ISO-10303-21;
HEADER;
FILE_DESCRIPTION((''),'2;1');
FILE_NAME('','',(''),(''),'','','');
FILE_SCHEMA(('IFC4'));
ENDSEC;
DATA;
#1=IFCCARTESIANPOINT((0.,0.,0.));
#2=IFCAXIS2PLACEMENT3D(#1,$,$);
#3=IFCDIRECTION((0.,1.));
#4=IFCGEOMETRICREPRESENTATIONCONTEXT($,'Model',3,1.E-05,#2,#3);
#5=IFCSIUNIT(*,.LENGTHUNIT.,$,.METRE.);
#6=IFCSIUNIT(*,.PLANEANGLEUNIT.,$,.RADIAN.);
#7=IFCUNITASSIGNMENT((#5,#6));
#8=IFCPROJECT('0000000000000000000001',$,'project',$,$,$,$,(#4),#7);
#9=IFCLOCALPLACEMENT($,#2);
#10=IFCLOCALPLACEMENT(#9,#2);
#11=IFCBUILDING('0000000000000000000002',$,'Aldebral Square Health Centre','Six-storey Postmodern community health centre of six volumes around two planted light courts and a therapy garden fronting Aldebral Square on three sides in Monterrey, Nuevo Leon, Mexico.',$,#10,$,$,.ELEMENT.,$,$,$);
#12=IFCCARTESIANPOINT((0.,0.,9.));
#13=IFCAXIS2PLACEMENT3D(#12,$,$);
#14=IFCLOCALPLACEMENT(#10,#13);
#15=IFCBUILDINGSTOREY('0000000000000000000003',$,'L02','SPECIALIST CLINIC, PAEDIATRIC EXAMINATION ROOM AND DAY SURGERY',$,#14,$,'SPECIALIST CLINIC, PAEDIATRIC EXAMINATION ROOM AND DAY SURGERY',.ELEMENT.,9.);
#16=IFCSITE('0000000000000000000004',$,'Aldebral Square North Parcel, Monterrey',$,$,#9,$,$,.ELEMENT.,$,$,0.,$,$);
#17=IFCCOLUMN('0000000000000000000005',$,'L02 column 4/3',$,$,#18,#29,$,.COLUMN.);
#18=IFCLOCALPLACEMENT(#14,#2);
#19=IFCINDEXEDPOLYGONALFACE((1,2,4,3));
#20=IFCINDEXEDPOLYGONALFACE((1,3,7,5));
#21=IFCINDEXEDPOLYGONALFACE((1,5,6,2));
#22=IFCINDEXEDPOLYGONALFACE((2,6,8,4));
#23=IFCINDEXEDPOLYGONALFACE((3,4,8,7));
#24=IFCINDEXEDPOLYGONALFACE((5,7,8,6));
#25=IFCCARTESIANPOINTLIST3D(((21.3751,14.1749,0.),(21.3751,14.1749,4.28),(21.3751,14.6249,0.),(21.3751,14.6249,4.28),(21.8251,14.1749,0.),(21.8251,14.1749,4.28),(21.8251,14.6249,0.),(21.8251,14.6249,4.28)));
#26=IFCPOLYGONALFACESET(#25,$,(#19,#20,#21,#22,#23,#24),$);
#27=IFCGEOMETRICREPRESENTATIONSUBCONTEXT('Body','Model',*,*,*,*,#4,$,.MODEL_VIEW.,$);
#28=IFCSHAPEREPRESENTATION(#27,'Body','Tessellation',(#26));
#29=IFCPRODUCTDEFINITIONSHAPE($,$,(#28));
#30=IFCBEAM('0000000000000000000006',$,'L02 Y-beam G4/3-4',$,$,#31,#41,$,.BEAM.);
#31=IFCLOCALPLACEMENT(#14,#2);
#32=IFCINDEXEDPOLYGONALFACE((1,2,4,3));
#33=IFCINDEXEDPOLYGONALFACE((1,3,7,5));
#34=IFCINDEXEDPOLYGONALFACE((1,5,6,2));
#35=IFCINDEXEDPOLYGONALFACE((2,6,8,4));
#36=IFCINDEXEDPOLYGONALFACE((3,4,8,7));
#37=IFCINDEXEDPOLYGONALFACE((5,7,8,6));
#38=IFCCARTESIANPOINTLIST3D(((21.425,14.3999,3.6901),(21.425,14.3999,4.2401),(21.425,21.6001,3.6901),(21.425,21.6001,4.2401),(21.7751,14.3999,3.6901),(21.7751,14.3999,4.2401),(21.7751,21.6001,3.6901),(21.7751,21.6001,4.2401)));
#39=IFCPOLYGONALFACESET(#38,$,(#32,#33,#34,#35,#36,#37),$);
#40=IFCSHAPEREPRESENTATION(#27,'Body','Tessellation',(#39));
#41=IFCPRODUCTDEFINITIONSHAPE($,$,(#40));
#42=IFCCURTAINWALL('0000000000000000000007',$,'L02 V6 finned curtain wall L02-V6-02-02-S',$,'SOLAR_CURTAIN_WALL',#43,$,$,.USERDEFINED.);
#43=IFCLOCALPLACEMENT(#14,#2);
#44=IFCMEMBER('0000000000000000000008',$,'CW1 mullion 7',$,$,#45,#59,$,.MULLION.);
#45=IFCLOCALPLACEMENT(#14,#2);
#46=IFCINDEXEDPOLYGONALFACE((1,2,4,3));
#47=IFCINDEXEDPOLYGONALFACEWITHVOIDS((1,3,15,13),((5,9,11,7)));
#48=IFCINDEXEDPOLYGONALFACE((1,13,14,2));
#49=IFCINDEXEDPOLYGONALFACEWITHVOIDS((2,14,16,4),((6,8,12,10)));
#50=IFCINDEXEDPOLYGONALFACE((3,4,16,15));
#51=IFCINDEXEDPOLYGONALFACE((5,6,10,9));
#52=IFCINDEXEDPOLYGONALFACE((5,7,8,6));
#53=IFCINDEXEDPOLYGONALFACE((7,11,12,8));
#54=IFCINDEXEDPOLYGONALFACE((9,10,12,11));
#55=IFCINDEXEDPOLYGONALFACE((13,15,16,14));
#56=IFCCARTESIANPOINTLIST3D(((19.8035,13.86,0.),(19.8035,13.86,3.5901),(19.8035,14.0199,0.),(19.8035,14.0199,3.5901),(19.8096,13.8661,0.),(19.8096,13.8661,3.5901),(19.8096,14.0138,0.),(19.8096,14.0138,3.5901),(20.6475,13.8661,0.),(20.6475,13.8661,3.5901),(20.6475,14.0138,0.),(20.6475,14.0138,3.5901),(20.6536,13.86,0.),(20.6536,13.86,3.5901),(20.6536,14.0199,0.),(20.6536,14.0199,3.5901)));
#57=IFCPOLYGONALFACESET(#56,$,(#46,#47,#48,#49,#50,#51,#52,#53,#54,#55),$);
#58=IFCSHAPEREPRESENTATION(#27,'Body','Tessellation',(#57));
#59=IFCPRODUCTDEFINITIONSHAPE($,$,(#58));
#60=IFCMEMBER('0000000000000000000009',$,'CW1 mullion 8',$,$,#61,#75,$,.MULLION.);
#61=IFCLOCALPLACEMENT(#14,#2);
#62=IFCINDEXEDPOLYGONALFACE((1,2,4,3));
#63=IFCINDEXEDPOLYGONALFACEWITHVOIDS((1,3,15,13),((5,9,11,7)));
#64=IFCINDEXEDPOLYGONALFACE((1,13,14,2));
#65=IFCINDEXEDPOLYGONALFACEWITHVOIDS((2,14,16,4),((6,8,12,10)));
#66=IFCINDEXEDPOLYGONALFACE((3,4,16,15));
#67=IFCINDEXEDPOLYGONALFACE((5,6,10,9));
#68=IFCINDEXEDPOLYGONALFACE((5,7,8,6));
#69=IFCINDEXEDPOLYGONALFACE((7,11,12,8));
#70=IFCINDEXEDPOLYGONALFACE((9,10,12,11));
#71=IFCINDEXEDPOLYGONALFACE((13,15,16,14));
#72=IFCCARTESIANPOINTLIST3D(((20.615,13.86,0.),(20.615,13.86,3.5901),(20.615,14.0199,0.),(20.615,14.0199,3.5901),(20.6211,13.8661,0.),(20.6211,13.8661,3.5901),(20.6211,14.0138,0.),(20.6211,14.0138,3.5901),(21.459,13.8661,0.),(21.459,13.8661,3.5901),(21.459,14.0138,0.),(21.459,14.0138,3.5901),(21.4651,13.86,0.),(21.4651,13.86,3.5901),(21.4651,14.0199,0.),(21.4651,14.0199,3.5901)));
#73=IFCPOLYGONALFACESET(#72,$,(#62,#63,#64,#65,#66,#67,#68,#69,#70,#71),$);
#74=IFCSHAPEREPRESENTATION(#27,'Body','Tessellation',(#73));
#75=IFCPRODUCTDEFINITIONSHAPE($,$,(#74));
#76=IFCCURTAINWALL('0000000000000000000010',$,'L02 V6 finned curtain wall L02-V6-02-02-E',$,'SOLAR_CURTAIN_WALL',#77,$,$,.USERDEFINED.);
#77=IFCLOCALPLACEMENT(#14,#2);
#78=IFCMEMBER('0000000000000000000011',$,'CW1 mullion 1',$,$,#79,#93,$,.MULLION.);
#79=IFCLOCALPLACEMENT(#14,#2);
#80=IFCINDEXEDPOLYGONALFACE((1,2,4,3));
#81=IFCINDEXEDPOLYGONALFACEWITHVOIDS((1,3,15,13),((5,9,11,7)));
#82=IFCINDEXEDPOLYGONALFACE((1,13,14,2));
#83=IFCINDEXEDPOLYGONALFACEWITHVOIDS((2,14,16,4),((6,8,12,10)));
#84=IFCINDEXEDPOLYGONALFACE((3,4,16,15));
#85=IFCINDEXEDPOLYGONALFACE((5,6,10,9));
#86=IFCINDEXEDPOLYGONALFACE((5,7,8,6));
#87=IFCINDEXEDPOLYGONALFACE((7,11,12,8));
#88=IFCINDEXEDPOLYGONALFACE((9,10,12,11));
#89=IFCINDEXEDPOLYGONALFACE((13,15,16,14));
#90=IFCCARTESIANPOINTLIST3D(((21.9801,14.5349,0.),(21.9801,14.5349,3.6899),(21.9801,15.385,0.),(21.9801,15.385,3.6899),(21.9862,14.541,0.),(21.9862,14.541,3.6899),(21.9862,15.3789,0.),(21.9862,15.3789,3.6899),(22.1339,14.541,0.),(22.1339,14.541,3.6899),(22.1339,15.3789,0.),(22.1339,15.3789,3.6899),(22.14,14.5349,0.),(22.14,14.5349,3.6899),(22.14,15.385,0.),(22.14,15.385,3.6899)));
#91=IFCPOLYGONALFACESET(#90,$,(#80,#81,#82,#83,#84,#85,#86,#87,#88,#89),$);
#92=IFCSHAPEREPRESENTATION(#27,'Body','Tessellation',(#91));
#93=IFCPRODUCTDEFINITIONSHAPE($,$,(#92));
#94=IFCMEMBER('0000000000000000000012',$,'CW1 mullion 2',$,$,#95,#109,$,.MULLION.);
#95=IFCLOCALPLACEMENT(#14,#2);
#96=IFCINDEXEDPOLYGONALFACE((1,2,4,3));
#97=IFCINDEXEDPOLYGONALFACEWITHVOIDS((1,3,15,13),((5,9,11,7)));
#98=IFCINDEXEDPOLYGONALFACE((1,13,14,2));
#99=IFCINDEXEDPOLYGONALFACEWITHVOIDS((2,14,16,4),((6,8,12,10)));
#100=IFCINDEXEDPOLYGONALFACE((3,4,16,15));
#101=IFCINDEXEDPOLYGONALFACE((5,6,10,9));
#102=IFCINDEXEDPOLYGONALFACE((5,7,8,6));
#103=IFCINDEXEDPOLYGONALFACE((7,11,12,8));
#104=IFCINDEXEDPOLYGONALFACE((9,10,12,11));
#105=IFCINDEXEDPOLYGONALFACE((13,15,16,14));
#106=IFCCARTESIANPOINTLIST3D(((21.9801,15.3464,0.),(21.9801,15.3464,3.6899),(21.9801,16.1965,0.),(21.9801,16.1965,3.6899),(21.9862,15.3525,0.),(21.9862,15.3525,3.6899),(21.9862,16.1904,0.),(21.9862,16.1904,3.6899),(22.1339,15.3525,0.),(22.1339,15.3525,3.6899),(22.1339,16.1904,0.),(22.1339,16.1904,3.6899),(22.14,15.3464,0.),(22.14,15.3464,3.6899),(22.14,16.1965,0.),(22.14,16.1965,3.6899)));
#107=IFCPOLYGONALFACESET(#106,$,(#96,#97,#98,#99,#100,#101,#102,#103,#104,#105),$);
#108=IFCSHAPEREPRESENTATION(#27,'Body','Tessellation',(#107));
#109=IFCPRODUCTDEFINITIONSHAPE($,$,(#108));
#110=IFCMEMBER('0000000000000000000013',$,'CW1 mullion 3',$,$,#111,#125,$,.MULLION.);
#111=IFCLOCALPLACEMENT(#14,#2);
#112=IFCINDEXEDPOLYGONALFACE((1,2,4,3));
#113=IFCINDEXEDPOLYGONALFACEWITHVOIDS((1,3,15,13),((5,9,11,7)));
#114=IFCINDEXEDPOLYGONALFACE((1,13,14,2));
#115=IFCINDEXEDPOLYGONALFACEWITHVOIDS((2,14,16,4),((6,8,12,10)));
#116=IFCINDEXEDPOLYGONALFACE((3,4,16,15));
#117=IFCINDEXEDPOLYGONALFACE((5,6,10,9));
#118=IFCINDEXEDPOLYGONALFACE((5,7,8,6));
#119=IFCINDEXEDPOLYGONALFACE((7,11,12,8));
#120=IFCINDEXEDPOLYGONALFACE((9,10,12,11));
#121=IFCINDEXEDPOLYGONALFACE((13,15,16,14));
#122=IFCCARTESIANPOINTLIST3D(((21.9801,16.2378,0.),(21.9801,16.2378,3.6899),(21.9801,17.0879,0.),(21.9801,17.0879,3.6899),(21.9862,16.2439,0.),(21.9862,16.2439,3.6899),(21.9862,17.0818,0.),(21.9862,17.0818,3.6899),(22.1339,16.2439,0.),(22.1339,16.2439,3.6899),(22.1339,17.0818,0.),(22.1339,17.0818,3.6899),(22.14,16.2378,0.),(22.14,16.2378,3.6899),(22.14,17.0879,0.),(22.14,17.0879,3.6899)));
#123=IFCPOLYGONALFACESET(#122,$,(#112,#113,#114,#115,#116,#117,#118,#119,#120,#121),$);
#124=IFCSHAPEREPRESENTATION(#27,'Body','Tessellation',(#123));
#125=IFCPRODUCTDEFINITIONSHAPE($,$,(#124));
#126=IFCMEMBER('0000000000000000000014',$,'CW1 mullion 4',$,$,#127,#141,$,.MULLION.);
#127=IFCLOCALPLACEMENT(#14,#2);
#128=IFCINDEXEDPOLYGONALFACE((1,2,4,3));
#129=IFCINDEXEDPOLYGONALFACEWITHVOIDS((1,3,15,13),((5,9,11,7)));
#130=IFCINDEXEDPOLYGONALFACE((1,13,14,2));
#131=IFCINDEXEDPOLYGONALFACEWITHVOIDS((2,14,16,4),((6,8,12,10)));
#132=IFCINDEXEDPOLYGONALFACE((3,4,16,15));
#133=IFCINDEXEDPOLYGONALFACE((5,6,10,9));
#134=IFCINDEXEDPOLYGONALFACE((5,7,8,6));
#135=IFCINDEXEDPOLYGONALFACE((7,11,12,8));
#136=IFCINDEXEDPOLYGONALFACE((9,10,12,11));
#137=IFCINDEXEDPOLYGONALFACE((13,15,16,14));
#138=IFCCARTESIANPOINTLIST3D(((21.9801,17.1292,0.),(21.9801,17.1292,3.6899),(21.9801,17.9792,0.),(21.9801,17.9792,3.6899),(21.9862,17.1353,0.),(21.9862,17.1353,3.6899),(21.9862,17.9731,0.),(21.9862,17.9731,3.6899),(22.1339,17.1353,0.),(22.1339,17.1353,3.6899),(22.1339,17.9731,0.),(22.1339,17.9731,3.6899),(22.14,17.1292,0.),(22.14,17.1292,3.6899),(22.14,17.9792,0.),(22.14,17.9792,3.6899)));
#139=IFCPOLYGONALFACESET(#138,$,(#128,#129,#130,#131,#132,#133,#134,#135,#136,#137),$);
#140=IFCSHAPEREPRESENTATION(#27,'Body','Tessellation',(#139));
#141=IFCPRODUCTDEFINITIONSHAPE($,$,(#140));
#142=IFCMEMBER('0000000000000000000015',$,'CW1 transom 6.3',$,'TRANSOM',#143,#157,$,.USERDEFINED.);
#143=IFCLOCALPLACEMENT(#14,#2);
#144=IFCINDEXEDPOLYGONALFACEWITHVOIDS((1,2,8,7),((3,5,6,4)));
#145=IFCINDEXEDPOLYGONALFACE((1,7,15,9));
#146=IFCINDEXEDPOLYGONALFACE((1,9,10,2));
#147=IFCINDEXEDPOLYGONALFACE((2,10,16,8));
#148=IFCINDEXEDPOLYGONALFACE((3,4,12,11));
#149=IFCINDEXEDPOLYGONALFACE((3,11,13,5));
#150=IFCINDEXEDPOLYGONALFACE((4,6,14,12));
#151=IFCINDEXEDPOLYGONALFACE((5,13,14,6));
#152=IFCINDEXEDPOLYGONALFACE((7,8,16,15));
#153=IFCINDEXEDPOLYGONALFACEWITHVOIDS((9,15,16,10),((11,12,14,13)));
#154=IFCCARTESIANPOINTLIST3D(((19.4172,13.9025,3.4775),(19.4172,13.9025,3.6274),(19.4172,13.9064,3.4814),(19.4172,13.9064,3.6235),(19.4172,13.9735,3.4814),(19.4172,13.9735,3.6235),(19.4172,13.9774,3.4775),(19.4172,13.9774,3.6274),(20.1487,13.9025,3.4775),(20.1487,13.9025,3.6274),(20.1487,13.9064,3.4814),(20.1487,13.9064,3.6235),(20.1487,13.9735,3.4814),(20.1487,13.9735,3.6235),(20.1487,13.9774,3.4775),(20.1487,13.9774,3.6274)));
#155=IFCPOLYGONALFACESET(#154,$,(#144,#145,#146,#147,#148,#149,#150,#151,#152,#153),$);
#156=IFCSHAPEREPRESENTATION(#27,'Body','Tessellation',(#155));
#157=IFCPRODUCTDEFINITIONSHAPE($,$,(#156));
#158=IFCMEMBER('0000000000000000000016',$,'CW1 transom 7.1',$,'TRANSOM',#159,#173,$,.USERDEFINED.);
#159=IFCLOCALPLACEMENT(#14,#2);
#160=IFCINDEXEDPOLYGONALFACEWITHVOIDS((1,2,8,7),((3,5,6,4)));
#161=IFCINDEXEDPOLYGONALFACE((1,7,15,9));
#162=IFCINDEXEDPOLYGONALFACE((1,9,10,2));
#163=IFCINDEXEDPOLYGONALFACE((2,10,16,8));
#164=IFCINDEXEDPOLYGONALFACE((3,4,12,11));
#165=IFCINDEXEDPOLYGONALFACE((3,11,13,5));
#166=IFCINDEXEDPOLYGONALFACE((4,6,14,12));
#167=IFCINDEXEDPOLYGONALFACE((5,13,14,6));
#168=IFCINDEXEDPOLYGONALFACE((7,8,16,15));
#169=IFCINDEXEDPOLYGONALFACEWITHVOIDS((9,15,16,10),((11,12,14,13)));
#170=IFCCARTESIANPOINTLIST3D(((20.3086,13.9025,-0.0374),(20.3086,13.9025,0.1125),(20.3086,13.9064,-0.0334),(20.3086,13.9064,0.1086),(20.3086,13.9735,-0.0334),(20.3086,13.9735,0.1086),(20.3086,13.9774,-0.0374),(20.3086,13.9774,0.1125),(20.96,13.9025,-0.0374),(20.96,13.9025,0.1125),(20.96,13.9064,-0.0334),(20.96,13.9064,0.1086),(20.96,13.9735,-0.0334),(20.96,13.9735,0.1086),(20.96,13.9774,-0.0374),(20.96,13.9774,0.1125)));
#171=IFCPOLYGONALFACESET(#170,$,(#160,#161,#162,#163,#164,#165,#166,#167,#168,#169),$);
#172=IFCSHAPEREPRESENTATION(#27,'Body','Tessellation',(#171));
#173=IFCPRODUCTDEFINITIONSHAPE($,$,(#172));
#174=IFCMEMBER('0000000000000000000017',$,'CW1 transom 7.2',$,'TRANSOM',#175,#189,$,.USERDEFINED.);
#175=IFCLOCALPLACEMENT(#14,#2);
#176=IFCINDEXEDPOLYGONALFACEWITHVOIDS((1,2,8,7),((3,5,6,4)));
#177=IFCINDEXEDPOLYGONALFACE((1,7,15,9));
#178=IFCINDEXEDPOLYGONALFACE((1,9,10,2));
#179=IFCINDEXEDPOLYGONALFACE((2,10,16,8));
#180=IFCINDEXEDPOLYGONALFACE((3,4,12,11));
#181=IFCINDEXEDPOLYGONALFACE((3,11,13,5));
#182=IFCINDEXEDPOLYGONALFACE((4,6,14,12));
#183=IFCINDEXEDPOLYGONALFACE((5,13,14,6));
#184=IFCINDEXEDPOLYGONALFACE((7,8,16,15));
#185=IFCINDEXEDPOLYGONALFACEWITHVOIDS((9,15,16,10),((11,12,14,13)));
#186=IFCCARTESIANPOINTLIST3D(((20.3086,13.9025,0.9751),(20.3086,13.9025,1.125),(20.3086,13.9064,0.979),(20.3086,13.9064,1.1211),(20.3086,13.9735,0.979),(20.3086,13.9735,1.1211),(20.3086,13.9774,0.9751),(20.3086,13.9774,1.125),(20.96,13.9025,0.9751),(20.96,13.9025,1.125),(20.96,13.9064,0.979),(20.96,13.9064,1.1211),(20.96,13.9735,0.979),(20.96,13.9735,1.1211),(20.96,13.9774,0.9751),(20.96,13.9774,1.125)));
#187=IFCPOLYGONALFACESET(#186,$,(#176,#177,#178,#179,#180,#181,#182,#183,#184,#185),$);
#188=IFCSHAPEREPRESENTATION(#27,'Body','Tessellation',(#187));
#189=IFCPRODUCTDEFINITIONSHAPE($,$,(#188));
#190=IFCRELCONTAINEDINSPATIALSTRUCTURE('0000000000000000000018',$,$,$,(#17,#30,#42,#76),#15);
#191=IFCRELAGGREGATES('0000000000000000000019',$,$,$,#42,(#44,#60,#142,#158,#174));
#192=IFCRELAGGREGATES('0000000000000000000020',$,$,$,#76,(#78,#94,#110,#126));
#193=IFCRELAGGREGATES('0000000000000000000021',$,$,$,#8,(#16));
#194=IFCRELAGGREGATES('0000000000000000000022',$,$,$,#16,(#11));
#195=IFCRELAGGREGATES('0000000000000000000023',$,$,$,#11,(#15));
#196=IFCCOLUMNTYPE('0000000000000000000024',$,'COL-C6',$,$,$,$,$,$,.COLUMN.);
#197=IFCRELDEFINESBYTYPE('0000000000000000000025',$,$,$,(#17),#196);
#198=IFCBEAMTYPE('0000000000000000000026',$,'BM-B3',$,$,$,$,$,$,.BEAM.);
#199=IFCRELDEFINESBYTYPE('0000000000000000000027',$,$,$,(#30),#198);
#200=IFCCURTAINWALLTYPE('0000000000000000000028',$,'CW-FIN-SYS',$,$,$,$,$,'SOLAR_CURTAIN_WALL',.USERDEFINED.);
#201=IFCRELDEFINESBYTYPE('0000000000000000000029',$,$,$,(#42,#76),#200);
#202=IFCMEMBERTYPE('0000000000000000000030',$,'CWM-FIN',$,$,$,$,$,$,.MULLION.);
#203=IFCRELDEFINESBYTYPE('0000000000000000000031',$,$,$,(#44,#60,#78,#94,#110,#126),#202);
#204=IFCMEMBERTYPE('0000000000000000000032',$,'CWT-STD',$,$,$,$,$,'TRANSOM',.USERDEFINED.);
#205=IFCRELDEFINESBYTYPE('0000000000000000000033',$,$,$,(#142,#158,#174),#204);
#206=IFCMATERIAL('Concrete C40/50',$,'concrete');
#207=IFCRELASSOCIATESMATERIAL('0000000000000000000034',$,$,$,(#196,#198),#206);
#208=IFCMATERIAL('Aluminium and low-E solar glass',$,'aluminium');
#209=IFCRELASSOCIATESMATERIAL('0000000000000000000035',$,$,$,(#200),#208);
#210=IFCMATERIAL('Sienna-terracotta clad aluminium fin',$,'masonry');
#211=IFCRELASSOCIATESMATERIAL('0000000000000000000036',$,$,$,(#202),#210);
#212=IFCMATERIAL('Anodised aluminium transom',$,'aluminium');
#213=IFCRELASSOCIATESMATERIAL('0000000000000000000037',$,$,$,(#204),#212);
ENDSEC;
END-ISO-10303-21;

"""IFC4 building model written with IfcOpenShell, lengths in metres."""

from ifc_helpers import new_model, si_unit, direction, frame, origin, origin_2d, place, context, subcontext, project, spatial, rectangle, hollow_rectangle, extrude, material, material_profile, profile_set, type_object, element, aggregate, save


model = new_model("IFC4")

# Units and contexts
model_context = context("Model", 3, precision=1e-05, world=origin(), true_north=direction((0.0, 1.0)))
body_context = subcontext(model_context, "Body", "Model", "MODEL_VIEW")
ifc_project = project(units=[si_unit("LENGTHUNIT", "METRE"), si_unit("PLANEANGLEUNIT", "RADIAN")], contexts=[model_context])

# Site, building, storey
site_placement = place(None, origin())
site = spatial("IfcSite", under=ifc_project, at=site_placement, Name="Aldebral Square North Parcel, Monterrey", CompositionType="ELEMENT", RefElevation=0.0)
building_placement = place(site_placement, origin())
building = spatial("IfcBuilding", under=site, at=building_placement, Name="Aldebral Square Health Centre", Description="Six-storey Postmodern community health centre of six volumes around two planted light courts and a therapy garden fronting Aldebral Square on three sides in Monterrey, Nuevo Leon, Mexico.", CompositionType="ELEMENT")
storey_placement = place(building_placement, frame((0.0, 0.0, 9.0)))
storey = spatial("IfcBuildingStorey", under=building, at=storey_placement, Name="L02", Description="SPECIALIST CLINIC, PAEDIATRIC EXAMINATION ROOM AND DAY SURGERY", LongName="SPECIALIST CLINIC, PAEDIATRIC EXAMINATION ROOM AND DAY SURGERY", CompositionType="ELEMENT", Elevation=9.0)

# Column
ifc_material_1 = material(Name="Concrete C40/50", Category="concrete")
ifc_material_profile_1 = material_profile(ifc_material_1, rectangle(XDim=0.45, YDim=0.45, at=origin_2d()), Name="RC 450x450")
ifc_profile_set_1 = profile_set([ifc_material_profile_1], Name="Concrete C40/50")
column_type = type_object("IfcColumnType", Name="COL-C6", PredefinedType="COLUMN", material=ifc_profile_set_1)
column_placement = place(storey_placement, frame((21.6001, 14.3999, 0.0), z_axis=(0.0, 0.0, 1.0), x_axis=(1.0, 0.0, 0.0)))
element("IfcColumn", 1, at=column_placement, inside=storey, type_object=column_type, Name="L02 column 4/3", PredefinedType="COLUMN", context=body_context, shape_type="SweptSolid", body=[
    extrude(rectangle(XDim=0.45, YDim=0.45, at=origin_2d()), origin(), (0.0, 0.0, 1.0), 4.28),
])

# Beam
ifc_material_profile_2 = material_profile(ifc_material_1, rectangle(XDim=0.3501, YDim=0.55, at=origin_2d()), Name="RC 350x550")
ifc_profile_set_2 = profile_set([ifc_material_profile_2], Name="Concrete C40/50")
beam_type = type_object("IfcBeamType", Name="BM-B3", PredefinedType="BEAM", material=ifc_profile_set_2)
beam_placement = place(storey_placement, frame((21.6001, 14.3999, 3.9651), z_axis=(0.0, 1.0, 0.0), x_axis=(-1.0, 0.0, 0.0)))
element("IfcBeam", 2, at=beam_placement, inside=storey, type_object=beam_type, Name="L02 Y-beam G4/3-4", PredefinedType="BEAM", context=body_context, shape_type="SweptSolid", body=[
    extrude(rectangle(XDim=0.3501, YDim=0.55, at=origin_2d()), origin(), (0.0, 0.0, 1.0), 7.2002),
])

# Curtain walls, members
ifc_material_2 = material(Name="Aluminium and low-E solar glass", Category="aluminium")
curtain_wall_type = type_object("IfcCurtainWallType", Name="CW-FIN-SYS", ElementType="SOLAR_CURTAIN_WALL", PredefinedType="USERDEFINED", material=ifc_material_2)
curtain_wall_1_placement = place(storey_placement, origin())
curtain_wall_1 = element("IfcCurtainWall", 3, at=curtain_wall_1_placement, inside=storey, type_object=curtain_wall_type, Name="L02 V6 finned curtain wall L02-V6-02-02-S", ObjectType="SOLAR_CURTAIN_WALL", PredefinedType="USERDEFINED")
ifc_material_3 = material(Name="Sienna-terracotta clad aluminium fin", Category="masonry")
ifc_material_profile_3 = material_profile(ifc_material_3, hollow_rectangle(XDim=0.1599, YDim=0.8501, WallThickness=0.0061, at=origin_2d()), Name="FIN 160x850x6")
ifc_profile_set_3 = profile_set([ifc_material_profile_3], Name="Sienna-terracotta clad aluminium fin")
member_type_1 = type_object("IfcMemberType", Name="CWM-FIN", PredefinedType="MULLION", material=ifc_profile_set_3)
member_1_placement = place(storey_placement, frame((20.2285, 13.9399, 0.0), z_axis=(0.0, 0.0, 1.0), x_axis=(0.0, 1.0, 0.0)))
member_1 = element("IfcMember", 4, at=member_1_placement, type_object=member_type_1, Name="CW1 mullion 7", PredefinedType="MULLION", context=body_context, shape_type="SweptSolid", body=[
    extrude(hollow_rectangle(XDim=0.1599, YDim=0.8501, WallThickness=0.0061, at=origin_2d()), origin(), (0.0, 0.0, 1.0), 3.5901),
])
member_2_placement = place(storey_placement, frame((21.04, 13.9399, 0.0), z_axis=(0.0, 0.0, 1.0), x_axis=(0.0, 1.0, 0.0)))
member_2 = element("IfcMember", 5, at=member_2_placement, type_object=member_type_1, Name="CW1 mullion 8", PredefinedType="MULLION", context=body_context, shape_type="SweptSolid", body=[
    extrude(hollow_rectangle(XDim=0.1599, YDim=0.8501, WallThickness=0.0061, at=origin_2d()), origin(), (0.0, 0.0, 1.0), 3.5901),
])
curtain_wall_2_placement = place(storey_placement, origin())
curtain_wall_2 = element("IfcCurtainWall", 6, at=curtain_wall_2_placement, inside=storey, type_object=curtain_wall_type, Name="L02 V6 finned curtain wall L02-V6-02-02-E", ObjectType="SOLAR_CURTAIN_WALL", PredefinedType="USERDEFINED")
member_3_placement = place(storey_placement, frame((22.0601, 14.96, 0.0), z_axis=(0.0, 0.0, 1.0), x_axis=(-1.0, 0.0, 0.0)))
member_3 = element("IfcMember", 7, at=member_3_placement, type_object=member_type_1, Name="CW1 mullion 1", PredefinedType="MULLION", context=body_context, shape_type="SweptSolid", body=[
    extrude(hollow_rectangle(XDim=0.1599, YDim=0.8501, WallThickness=0.0061, at=origin_2d()), origin(), (0.0, 0.0, 1.0), 3.6899),
])
member_4_placement = place(storey_placement, frame((22.0601, 15.7715, 0.0), z_axis=(0.0, 0.0, 1.0), x_axis=(-1.0, 0.0, 0.0)))
member_4 = element("IfcMember", 8, at=member_4_placement, type_object=member_type_1, Name="CW1 mullion 2", PredefinedType="MULLION", context=body_context, shape_type="SweptSolid", body=[
    extrude(hollow_rectangle(XDim=0.1599, YDim=0.8501, WallThickness=0.0061, at=origin_2d()), origin(), (0.0, 0.0, 1.0), 3.6899),
])
member_5_placement = place(storey_placement, frame((22.0601, 16.6628, 0.0), z_axis=(0.0, 0.0, 1.0), x_axis=(-1.0, 0.0, 0.0)))
member_5 = element("IfcMember", 9, at=member_5_placement, type_object=member_type_1, Name="CW1 mullion 3", PredefinedType="MULLION", context=body_context, shape_type="SweptSolid", body=[
    extrude(hollow_rectangle(XDim=0.1599, YDim=0.8501, WallThickness=0.0061, at=origin_2d()), origin(), (0.0, 0.0, 1.0), 3.6899),
])
member_6_placement = place(storey_placement, frame((22.0601, 17.5542, 0.0), z_axis=(0.0, 0.0, 1.0), x_axis=(-1.0, 0.0, 0.0)))
member_6 = element("IfcMember", 10, at=member_6_placement, type_object=member_type_1, Name="CW1 mullion 4", PredefinedType="MULLION", context=body_context, shape_type="SweptSolid", body=[
    extrude(hollow_rectangle(XDim=0.1599, YDim=0.8501, WallThickness=0.0061, at=origin_2d()), origin(), (0.0, 0.0, 1.0), 3.6899),
])

# Members
ifc_material_4 = material(Name="Anodised aluminium transom", Category="aluminium")
ifc_material_profile_4 = material_profile(ifc_material_4, hollow_rectangle(XDim=0.075, YDim=0.1499, WallThickness=0.0039, at=origin_2d()), Name="CWT 75x150x4")
ifc_profile_set_4 = profile_set([ifc_material_profile_4], Name="Anodised aluminium transom")
member_type_2 = type_object("IfcMemberType", Name="CWT-STD", ElementType="TRANSOM", PredefinedType="USERDEFINED", material=ifc_profile_set_4)
member_7_placement = place(storey_placement, frame((19.4172, 13.9399, 3.5525), z_axis=(1.0, 0.0, 0.0), x_axis=(0.0, 1.0, 0.0)))
member_7 = element("IfcMember", 11, at=member_7_placement, type_object=member_type_2, Name="CW1 transom 6.3", ObjectType="TRANSOM", PredefinedType="USERDEFINED", context=body_context, shape_type="SweptSolid", body=[
    extrude(hollow_rectangle(XDim=0.075, YDim=0.1499, WallThickness=0.0039, at=origin_2d()), origin(), (0.0, 0.0, 1.0), 0.7314),
])
member_8_placement = place(storey_placement, frame((20.3086, 13.9399, 0.0376), z_axis=(1.0, 0.0, 0.0), x_axis=(0.0, 1.0, 0.0)))
member_8 = element("IfcMember", 12, at=member_8_placement, type_object=member_type_2, Name="CW1 transom 7.1", ObjectType="TRANSOM", PredefinedType="USERDEFINED", context=body_context, shape_type="SweptSolid", body=[
    extrude(hollow_rectangle(XDim=0.075, YDim=0.1499, WallThickness=0.0039, at=origin_2d()), origin(), (0.0, 0.0, 1.0), 0.6514),
])
member_9_placement = place(storey_placement, frame((20.3086, 13.9399, 1.05), z_axis=(1.0, 0.0, 0.0), x_axis=(0.0, 1.0, 0.0)))
member_9 = element("IfcMember", 13, at=member_9_placement, type_object=member_type_2, Name="CW1 transom 7.2", ObjectType="TRANSOM", PredefinedType="USERDEFINED", context=body_context, shape_type="SweptSolid", body=[
    extrude(hollow_rectangle(XDim=0.075, YDim=0.1499, WallThickness=0.0039, at=origin_2d()), origin(), (0.0, 0.0, 1.0), 0.6514),
])

aggregate(curtain_wall_1, [member_1, member_2, member_7, member_8, member_9])
aggregate(curtain_wall_2, [member_3, member_4, member_5, member_6])

save(model, "model.ifc")
